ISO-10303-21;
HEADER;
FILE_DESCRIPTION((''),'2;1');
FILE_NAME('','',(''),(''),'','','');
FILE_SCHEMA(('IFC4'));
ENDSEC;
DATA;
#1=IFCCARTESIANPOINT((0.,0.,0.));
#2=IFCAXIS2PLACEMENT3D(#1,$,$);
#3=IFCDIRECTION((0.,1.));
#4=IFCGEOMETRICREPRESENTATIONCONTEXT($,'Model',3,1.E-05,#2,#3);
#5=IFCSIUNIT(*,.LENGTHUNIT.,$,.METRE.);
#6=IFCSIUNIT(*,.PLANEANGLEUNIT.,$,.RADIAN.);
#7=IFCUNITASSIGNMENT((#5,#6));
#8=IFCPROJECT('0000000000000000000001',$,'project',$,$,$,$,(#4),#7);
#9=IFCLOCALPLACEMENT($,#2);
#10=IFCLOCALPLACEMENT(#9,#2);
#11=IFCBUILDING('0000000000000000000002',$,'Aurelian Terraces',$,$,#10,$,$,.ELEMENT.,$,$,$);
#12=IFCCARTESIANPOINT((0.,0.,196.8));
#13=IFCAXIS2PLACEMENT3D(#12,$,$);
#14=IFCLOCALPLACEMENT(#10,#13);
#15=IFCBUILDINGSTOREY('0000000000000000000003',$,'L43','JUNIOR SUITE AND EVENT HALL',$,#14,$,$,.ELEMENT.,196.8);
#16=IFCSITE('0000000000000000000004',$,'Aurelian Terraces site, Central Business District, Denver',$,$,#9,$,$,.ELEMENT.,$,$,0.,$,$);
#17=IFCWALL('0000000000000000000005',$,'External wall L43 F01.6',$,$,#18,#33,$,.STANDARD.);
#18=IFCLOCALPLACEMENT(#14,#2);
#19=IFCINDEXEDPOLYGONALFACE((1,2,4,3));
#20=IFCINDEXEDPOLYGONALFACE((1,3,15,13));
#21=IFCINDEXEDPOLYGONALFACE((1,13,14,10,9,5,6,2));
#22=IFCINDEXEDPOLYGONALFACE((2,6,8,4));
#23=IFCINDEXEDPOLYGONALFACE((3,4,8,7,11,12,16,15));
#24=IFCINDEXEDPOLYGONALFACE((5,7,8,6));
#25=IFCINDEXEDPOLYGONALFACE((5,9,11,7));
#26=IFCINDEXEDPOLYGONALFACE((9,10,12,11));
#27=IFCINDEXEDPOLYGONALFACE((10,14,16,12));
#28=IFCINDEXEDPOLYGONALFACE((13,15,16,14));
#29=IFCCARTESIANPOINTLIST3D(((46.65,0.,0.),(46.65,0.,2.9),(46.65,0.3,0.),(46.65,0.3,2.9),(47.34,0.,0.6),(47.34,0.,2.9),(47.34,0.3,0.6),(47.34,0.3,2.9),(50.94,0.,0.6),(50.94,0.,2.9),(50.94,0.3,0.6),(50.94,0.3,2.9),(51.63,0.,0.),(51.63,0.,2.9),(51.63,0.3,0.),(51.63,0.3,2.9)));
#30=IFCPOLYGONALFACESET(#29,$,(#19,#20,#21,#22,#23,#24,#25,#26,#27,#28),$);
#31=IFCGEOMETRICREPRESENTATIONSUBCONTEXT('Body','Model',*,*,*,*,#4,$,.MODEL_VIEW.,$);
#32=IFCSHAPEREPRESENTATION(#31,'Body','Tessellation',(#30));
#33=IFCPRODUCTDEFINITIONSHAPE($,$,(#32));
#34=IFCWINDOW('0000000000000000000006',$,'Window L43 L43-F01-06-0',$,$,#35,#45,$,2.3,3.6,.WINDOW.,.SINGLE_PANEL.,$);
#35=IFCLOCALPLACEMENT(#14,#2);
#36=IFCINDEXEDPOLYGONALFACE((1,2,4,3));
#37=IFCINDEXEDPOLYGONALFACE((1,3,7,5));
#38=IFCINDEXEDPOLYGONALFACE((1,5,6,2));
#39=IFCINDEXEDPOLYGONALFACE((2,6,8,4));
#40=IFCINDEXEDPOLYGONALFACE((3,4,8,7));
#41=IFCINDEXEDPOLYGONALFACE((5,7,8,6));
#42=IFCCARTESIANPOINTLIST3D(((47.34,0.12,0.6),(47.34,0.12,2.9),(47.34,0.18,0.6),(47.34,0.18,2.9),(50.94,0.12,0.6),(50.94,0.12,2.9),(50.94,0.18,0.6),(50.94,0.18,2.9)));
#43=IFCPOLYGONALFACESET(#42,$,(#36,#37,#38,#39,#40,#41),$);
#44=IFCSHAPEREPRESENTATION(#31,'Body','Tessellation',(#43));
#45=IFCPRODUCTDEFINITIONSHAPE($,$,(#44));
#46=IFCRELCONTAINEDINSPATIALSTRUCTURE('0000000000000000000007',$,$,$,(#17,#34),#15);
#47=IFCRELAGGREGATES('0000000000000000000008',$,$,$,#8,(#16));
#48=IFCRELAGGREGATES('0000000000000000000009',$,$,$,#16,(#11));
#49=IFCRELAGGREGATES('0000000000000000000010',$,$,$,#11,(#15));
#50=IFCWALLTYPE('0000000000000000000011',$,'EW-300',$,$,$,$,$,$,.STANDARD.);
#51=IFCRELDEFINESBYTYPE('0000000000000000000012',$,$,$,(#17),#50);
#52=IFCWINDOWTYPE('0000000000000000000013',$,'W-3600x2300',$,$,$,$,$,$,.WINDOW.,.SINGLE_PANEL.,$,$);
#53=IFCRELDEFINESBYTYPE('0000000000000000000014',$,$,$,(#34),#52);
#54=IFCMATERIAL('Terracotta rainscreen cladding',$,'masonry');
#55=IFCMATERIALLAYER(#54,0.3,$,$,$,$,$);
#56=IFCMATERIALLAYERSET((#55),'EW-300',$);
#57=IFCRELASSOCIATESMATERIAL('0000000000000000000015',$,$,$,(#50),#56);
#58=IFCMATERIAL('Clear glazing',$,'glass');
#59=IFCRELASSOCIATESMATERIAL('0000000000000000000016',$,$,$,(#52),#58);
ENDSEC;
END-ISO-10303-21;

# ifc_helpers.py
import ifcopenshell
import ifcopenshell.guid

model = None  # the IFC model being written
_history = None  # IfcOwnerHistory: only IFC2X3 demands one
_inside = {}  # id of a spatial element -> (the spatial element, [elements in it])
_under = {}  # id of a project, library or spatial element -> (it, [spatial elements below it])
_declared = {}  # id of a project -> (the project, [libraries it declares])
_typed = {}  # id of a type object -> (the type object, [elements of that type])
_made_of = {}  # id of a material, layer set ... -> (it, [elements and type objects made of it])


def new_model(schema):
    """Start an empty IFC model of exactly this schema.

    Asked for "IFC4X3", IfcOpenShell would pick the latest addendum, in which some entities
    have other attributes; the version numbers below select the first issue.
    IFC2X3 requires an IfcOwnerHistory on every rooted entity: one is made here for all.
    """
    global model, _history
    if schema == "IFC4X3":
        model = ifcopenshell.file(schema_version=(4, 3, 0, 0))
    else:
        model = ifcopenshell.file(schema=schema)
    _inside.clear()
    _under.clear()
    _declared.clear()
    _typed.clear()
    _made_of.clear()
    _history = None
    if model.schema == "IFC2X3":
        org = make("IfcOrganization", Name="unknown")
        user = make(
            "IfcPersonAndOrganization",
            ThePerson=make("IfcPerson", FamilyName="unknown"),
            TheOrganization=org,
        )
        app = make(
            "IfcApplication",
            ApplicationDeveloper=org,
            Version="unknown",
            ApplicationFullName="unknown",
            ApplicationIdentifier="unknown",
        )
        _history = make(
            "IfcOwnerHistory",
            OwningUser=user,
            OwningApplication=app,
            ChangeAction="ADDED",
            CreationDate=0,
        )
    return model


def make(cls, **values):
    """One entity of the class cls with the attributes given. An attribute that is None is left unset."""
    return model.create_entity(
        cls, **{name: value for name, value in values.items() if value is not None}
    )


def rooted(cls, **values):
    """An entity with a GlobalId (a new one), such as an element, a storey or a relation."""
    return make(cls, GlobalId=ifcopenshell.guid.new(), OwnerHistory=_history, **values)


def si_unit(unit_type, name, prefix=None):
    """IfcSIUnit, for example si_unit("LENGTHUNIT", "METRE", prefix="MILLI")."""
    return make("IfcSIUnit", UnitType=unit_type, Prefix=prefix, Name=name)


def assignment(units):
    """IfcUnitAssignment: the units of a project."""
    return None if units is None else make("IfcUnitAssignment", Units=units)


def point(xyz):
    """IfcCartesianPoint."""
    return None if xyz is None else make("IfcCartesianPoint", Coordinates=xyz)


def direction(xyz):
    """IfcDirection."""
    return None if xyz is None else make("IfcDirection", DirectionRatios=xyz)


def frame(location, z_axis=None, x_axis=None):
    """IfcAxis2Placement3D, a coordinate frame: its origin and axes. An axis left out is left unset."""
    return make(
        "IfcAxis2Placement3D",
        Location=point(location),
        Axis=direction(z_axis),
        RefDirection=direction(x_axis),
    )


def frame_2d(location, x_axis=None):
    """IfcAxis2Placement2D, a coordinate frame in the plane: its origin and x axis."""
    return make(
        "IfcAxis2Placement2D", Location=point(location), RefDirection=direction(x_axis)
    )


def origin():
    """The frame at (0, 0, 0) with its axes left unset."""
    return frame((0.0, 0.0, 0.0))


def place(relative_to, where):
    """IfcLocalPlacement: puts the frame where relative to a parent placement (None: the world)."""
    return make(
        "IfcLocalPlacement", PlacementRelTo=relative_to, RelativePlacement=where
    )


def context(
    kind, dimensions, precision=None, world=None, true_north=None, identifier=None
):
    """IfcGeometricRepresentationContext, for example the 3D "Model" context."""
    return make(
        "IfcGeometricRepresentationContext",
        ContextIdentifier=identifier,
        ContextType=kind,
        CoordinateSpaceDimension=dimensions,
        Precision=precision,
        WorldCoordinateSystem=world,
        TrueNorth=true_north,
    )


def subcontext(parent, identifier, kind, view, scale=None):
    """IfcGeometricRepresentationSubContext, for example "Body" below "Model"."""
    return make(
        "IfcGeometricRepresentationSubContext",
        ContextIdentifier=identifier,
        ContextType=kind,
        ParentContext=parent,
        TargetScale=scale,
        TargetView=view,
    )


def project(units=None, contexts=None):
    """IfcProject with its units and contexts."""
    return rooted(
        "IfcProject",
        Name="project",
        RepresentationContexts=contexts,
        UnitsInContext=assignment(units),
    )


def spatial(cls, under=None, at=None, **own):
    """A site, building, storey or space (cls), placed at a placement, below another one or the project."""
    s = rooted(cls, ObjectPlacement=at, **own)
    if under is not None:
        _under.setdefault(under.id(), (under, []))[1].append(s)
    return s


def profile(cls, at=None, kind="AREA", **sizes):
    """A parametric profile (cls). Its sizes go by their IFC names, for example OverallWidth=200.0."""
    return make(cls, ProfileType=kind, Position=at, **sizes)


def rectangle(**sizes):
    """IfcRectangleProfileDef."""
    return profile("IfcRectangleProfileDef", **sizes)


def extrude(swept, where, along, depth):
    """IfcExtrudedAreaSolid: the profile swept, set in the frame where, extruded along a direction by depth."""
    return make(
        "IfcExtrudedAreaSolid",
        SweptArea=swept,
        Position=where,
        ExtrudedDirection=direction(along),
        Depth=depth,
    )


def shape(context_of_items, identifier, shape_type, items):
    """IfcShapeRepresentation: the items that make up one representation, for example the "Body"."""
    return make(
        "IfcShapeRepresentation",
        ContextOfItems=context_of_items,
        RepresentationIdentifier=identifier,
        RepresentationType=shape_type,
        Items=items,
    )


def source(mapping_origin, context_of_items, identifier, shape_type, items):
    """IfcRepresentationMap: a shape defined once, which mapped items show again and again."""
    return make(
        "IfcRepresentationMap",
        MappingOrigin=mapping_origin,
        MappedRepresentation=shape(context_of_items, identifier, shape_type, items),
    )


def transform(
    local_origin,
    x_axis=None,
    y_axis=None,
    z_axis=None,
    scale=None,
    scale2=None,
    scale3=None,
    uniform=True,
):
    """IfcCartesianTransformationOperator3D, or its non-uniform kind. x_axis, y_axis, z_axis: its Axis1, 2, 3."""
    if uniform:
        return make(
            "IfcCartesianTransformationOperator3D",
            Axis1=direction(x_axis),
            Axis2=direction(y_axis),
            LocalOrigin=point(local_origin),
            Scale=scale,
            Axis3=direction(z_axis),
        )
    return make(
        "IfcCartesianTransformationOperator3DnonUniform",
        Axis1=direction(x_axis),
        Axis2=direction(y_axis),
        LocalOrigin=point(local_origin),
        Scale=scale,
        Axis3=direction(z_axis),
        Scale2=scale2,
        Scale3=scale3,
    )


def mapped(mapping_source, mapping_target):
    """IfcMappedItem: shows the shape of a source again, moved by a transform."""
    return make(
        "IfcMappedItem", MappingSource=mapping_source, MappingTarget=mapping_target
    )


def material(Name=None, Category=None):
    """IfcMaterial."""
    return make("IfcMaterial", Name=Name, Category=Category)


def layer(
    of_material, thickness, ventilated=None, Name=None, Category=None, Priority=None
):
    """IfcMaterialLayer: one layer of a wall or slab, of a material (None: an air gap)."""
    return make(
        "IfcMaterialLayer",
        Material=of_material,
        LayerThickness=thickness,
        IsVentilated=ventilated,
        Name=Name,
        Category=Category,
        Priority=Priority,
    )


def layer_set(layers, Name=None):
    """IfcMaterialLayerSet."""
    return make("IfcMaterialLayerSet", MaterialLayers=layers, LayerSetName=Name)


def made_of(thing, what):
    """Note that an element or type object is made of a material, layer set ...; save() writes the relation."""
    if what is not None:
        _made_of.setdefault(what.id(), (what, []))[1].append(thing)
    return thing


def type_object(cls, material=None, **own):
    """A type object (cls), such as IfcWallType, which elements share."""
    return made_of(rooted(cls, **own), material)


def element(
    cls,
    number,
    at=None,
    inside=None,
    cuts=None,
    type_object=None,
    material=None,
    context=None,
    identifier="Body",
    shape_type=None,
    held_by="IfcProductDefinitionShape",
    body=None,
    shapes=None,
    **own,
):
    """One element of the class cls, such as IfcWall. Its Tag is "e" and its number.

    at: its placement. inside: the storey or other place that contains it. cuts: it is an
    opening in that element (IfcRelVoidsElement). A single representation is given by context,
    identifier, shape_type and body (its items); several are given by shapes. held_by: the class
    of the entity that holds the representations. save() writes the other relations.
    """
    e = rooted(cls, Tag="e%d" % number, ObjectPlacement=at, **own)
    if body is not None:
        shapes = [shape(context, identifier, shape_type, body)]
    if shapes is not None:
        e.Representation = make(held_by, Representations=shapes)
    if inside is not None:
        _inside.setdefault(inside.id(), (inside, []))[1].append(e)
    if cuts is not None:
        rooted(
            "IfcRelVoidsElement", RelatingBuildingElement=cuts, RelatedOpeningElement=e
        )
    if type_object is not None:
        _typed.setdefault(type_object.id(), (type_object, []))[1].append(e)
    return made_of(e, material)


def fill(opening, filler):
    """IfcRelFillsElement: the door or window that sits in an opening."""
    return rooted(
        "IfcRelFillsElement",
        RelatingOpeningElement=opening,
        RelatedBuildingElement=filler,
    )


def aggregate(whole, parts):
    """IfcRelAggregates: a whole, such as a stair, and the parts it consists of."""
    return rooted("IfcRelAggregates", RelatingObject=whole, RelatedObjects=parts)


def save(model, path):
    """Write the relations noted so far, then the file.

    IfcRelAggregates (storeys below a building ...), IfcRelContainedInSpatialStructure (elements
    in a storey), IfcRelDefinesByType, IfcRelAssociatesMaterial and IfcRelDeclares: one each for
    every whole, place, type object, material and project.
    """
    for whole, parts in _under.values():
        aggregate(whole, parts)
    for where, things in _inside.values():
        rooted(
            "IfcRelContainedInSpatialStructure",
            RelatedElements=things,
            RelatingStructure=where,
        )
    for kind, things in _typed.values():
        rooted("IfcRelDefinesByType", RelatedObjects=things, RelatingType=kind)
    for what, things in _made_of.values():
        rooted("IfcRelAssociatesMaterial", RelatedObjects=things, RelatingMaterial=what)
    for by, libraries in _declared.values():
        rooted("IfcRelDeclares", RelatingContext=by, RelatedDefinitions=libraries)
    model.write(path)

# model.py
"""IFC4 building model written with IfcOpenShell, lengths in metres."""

from ifc_helpers import new_model, si_unit, direction, frame, frame_2d, origin, place, context, subcontext, project, spatial, rectangle, extrude, source, transform, mapped, material, layer, layer_set, type_object, element, fill, save


model = new_model("IFC4")

# Units and contexts
model_context = context("Model", 3, precision=1e-05, world=origin(), true_north=direction((0.0, 1.0)))
body_context = subcontext(model_context, "Body", "Model", "MODEL_VIEW")
ifc_project = project(units=[si_unit("LENGTHUNIT", "METRE"), si_unit("PLANEANGLEUNIT", "RADIAN")], contexts=[model_context])

# Site, building, storey
site_placement = place(None, origin())
site = spatial("IfcSite", under=ifc_project, at=site_placement, Name="Aurelian Terraces site, Central Business District, Denver", CompositionType="ELEMENT", RefElevation=0.0)
building_placement = place(site_placement, origin())
building = spatial("IfcBuilding", under=site, at=building_placement, Name="Aurelian Terraces", CompositionType="ELEMENT")
storey_placement = place(building_placement, frame((0.0, 0.0, 196.8)))
storey = spatial("IfcBuildingStorey", under=building, at=storey_placement, Name="L43", Description="JUNIOR SUITE AND EVENT HALL", CompositionType="ELEMENT", Elevation=196.8)

# Shared definitions
ifc_material_1 = material(Name="Terracotta rainscreen cladding", Category="masonry")
ifc_layer = layer(ifc_material_1, 0.3)
ifc_layer_set = layer_set([ifc_layer], Name="EW-300")
wall_type = type_object("IfcWallType", Name="EW-300", PredefinedType="STANDARD", material=ifc_layer_set)
ifc_material_2 = material(Name="Clear glazing", Category="glass")

# Wall, opening, window
shared_shape_1 = source(origin(), body_context, "Body", "SweptSolid", [
    extrude(rectangle(XDim=4.98, YDim=0.3, at=frame_2d((2.49, 0.0))), origin(), (0.0, 0.0, 1.0), 2.9),
])
wall_1_placement = place(storey_placement, frame((46.65, 0.15, 0.0), z_axis=(0.0, 0.0, 1.0), x_axis=(1.0, 0.0, 0.0)))
wall_1 = element("IfcWall", 1, at=wall_1_placement, inside=storey, type_object=wall_type, Name="External wall L43 F01.6", PredefinedType="STANDARD", context=body_context, shape_type="MappedRepresentation", body=[
    mapped(shared_shape_1, transform((0.0, 0.0, 0.0), scale=1.0)),
])
shared_shape_2 = source(origin(), body_context, "Body", "SweptSolid", [
    extrude(rectangle(XDim=3.6, YDim=2.3, at=frame_2d((1.8, 1.15))), frame((0.0, 0.16, 0.0), z_axis=(0.0, -1.0, 0.0), x_axis=(1.0, 0.0, 0.0)), (0.0, 0.0, 1.0), 0.32),
])
opening_1_placement = place(wall_1_placement, frame((0.69, 0.0, 0.6)))
opening_1 = element("IfcOpeningElement", 2, at=opening_1_placement, cuts=wall_1, PredefinedType="OPENING", context=body_context, shape_type="MappedRepresentation", body=[
    mapped(shared_shape_2, transform((0.0, 0.0, 0.0), scale=1.0)),
])
window_type_1 = type_object("IfcWindowType", Name="W-3600x2300", PartitioningType="SINGLE_PANEL", PredefinedType="WINDOW", material=ifc_material_2)
shared_shape_3 = source(origin(), body_context, "Body", "SweptSolid", [
    extrude(rectangle(XDim=3.6, YDim=2.3, at=frame_2d((1.8, 1.15))), frame((0.0, 0.03, 0.0), z_axis=(0.0, -1.0, 0.0), x_axis=(1.0, 0.0, 0.0)), (0.0, 0.0, 1.0), 0.06),
])
window_1_placement = place(opening_1_placement, origin())
window_1 = element("IfcWindow", 3, at=window_1_placement, inside=storey, type_object=window_type_1, Name="Window L43 L43-F01-06-0", OverallHeight=2.3, OverallWidth=3.6, PartitioningType="SINGLE_PANEL", PredefinedType="WINDOW", context=body_context, shape_type="MappedRepresentation", body=[
    mapped(shared_shape_3, transform((0.0, 0.0, 0.0), scale=1.0)),
])
fill(opening_1, window_1)

save(model, "model.ifc")
